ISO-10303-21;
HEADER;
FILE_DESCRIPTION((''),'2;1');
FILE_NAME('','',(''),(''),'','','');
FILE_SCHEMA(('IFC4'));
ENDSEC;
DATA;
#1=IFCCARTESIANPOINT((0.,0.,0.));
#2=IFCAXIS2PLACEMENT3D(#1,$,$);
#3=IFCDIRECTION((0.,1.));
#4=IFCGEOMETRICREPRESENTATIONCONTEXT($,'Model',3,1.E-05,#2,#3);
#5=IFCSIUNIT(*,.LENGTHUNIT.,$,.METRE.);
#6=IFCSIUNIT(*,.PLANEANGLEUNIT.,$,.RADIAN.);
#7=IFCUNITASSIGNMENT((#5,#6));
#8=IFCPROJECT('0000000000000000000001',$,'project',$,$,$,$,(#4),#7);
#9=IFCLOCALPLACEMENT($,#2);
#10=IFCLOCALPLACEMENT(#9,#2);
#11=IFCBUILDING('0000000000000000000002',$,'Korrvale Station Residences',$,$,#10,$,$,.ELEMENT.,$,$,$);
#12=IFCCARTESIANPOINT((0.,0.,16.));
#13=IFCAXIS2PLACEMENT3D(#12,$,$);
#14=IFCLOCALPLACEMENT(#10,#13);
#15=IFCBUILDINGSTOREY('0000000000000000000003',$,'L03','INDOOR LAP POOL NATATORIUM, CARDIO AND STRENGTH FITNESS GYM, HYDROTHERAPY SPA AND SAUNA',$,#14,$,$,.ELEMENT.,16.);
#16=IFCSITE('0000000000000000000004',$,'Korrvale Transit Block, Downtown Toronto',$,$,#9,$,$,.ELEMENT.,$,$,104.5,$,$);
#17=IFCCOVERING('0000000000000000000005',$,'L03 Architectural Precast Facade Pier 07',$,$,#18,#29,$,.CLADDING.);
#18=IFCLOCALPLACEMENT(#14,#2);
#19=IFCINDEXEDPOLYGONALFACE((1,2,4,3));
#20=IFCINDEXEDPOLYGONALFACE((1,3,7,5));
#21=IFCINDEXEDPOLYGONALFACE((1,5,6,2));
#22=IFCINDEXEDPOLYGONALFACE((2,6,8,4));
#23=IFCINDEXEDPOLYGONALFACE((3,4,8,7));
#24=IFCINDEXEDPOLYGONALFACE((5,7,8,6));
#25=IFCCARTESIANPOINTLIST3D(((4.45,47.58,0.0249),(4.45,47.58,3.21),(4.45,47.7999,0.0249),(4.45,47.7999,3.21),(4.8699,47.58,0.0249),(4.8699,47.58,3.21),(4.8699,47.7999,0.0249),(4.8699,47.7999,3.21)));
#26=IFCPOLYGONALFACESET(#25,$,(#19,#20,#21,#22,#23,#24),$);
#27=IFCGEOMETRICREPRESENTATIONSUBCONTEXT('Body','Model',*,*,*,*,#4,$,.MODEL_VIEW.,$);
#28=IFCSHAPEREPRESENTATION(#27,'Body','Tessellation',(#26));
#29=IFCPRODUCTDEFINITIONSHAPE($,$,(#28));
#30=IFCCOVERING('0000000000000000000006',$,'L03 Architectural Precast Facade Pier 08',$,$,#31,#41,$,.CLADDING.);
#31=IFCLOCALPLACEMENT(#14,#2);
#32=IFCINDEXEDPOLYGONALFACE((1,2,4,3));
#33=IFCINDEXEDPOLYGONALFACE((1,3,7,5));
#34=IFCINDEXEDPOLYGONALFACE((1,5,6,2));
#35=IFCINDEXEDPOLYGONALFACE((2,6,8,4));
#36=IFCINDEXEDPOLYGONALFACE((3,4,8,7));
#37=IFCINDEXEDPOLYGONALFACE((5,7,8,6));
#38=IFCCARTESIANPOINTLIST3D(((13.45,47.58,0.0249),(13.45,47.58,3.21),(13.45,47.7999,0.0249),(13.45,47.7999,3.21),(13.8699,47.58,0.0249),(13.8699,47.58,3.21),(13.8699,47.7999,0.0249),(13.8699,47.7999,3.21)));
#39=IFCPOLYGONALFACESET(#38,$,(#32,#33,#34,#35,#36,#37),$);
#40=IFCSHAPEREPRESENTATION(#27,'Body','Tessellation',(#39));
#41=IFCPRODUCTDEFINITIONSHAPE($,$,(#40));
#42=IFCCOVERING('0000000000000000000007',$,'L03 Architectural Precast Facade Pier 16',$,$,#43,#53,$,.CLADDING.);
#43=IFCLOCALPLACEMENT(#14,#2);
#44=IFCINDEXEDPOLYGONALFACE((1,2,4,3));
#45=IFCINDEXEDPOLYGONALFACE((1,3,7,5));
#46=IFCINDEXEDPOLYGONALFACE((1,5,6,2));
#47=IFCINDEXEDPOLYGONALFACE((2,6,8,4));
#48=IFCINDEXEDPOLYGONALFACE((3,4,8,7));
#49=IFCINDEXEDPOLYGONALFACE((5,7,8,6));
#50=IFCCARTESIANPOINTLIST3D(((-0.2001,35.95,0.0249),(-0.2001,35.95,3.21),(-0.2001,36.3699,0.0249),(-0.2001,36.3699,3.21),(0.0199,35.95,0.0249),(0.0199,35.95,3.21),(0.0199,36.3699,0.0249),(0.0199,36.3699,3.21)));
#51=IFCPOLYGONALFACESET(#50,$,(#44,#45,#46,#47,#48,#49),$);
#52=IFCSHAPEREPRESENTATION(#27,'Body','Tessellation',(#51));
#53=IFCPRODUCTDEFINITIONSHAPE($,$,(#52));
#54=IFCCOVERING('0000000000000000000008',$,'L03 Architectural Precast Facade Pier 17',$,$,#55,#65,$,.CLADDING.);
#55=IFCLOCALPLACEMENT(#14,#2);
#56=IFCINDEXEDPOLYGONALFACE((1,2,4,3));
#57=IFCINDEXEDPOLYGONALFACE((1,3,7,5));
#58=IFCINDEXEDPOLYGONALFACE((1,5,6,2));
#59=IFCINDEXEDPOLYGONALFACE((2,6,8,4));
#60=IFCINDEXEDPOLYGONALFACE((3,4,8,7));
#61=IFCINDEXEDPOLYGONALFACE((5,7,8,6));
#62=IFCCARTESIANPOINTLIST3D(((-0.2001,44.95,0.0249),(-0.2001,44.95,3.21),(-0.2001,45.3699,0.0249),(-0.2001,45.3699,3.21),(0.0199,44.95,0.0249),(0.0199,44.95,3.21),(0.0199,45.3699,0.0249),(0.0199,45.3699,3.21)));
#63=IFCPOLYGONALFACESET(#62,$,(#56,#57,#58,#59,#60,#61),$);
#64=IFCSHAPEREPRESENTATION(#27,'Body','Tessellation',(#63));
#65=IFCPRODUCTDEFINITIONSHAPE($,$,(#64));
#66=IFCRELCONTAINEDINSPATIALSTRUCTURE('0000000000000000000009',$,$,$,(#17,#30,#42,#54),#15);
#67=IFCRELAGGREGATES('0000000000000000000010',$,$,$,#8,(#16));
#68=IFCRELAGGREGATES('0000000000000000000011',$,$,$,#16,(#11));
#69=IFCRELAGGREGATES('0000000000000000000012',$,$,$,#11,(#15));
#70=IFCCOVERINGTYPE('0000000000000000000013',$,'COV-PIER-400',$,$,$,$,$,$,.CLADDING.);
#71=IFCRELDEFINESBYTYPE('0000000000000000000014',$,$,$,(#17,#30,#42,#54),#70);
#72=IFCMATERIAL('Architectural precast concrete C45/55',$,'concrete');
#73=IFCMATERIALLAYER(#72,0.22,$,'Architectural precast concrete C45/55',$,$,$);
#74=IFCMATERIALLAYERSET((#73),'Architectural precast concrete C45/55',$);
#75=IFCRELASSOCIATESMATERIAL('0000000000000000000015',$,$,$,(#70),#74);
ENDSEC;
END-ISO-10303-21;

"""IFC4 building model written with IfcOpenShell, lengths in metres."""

from ifc_helpers import new_model, si_unit, direction, frame, origin, origin_2d, place, context, subcontext, project, spatial, rectangle, extrude, material, layer, layer_set, type_object, element, save


model = new_model("IFC4")

# Units and contexts
model_context = context("Model", 3, precision=1e-05, world=origin(), true_north=direction((0.0, 1.0)))
body_context = subcontext(model_context, "Body", "Model", "MODEL_VIEW")
ifc_project = project(units=[si_unit("LENGTHUNIT", "METRE"), si_unit("PLANEANGLEUNIT", "RADIAN")], contexts=[model_context])

# Site, building, storey
site_placement = place(None, origin())
site = spatial("IfcSite", under=ifc_project, at=site_placement, Name="Korrvale Transit Block, Downtown Toronto", CompositionType="ELEMENT", RefElevation=104.5)
building_placement = place(site_placement, origin())
building = spatial("IfcBuilding", under=site, at=building_placement, Name="Korrvale Station Residences", CompositionType="ELEMENT")
storey_placement = place(building_placement, frame((0.0, 0.0, 16.0)))
storey = spatial("IfcBuildingStorey", under=building, at=storey_placement, Name="L03", Description="INDOOR LAP POOL NATATORIUM, CARDIO AND STRENGTH FITNESS GYM, HYDROTHERAPY SPA AND SAUNA", CompositionType="ELEMENT", Elevation=16.0)

# Coverings
ifc_material_1 = material(Name="Architectural precast concrete C45/55", Category="concrete")
ifc_layer_1 = layer(ifc_material_1, 0.22, Name="Architectural precast concrete C45/55")
ifc_layer_set_1 = layer_set([ifc_layer_1], Name="Architectural precast concrete C45/55")
covering_type = type_object("IfcCoveringType", Name="COV-PIER-400", PredefinedType="CLADDING", material=ifc_layer_set_1)
for number, where, z_axis, x_axis, name in (
    (1, (4.6599, 47.6899, 0.0249), (0.0, 0.0, 1.0), (1.0, 0.0, 0.0), "L03 Architectural Precast Facade Pier 07"),
    (2, (13.6599, 47.6899, 0.0249), (0.0, 0.0, 1.0), (1.0, 0.0, 0.0), "L03 Architectural Precast Facade Pier 08"),
    (3, (-0.0901, 36.1599, 0.0249), (0.0, 0.0, 1.0), (0.0, 1.0, 0.0), "L03 Architectural Precast Facade Pier 16"),
    (4, (-0.0901, 45.1599, 0.0249), (0.0, 0.0, 1.0), (0.0, 1.0, 0.0), "L03 Architectural Precast Facade Pier 17"),
):
    element("IfcCovering", number, at=place(storey_placement, frame(where, z_axis=z_axis, x_axis=x_axis)), inside=storey, type_object=covering_type, Name=name, PredefinedType="CLADDING", context=body_context, shape_type="SweptSolid", body=[
        extrude(rectangle(XDim=0.4199, YDim=0.22, at=origin_2d()), origin(), (0.0, 0.0, 1.0), 3.1851),
    ])

save(model, "model.ifc")
